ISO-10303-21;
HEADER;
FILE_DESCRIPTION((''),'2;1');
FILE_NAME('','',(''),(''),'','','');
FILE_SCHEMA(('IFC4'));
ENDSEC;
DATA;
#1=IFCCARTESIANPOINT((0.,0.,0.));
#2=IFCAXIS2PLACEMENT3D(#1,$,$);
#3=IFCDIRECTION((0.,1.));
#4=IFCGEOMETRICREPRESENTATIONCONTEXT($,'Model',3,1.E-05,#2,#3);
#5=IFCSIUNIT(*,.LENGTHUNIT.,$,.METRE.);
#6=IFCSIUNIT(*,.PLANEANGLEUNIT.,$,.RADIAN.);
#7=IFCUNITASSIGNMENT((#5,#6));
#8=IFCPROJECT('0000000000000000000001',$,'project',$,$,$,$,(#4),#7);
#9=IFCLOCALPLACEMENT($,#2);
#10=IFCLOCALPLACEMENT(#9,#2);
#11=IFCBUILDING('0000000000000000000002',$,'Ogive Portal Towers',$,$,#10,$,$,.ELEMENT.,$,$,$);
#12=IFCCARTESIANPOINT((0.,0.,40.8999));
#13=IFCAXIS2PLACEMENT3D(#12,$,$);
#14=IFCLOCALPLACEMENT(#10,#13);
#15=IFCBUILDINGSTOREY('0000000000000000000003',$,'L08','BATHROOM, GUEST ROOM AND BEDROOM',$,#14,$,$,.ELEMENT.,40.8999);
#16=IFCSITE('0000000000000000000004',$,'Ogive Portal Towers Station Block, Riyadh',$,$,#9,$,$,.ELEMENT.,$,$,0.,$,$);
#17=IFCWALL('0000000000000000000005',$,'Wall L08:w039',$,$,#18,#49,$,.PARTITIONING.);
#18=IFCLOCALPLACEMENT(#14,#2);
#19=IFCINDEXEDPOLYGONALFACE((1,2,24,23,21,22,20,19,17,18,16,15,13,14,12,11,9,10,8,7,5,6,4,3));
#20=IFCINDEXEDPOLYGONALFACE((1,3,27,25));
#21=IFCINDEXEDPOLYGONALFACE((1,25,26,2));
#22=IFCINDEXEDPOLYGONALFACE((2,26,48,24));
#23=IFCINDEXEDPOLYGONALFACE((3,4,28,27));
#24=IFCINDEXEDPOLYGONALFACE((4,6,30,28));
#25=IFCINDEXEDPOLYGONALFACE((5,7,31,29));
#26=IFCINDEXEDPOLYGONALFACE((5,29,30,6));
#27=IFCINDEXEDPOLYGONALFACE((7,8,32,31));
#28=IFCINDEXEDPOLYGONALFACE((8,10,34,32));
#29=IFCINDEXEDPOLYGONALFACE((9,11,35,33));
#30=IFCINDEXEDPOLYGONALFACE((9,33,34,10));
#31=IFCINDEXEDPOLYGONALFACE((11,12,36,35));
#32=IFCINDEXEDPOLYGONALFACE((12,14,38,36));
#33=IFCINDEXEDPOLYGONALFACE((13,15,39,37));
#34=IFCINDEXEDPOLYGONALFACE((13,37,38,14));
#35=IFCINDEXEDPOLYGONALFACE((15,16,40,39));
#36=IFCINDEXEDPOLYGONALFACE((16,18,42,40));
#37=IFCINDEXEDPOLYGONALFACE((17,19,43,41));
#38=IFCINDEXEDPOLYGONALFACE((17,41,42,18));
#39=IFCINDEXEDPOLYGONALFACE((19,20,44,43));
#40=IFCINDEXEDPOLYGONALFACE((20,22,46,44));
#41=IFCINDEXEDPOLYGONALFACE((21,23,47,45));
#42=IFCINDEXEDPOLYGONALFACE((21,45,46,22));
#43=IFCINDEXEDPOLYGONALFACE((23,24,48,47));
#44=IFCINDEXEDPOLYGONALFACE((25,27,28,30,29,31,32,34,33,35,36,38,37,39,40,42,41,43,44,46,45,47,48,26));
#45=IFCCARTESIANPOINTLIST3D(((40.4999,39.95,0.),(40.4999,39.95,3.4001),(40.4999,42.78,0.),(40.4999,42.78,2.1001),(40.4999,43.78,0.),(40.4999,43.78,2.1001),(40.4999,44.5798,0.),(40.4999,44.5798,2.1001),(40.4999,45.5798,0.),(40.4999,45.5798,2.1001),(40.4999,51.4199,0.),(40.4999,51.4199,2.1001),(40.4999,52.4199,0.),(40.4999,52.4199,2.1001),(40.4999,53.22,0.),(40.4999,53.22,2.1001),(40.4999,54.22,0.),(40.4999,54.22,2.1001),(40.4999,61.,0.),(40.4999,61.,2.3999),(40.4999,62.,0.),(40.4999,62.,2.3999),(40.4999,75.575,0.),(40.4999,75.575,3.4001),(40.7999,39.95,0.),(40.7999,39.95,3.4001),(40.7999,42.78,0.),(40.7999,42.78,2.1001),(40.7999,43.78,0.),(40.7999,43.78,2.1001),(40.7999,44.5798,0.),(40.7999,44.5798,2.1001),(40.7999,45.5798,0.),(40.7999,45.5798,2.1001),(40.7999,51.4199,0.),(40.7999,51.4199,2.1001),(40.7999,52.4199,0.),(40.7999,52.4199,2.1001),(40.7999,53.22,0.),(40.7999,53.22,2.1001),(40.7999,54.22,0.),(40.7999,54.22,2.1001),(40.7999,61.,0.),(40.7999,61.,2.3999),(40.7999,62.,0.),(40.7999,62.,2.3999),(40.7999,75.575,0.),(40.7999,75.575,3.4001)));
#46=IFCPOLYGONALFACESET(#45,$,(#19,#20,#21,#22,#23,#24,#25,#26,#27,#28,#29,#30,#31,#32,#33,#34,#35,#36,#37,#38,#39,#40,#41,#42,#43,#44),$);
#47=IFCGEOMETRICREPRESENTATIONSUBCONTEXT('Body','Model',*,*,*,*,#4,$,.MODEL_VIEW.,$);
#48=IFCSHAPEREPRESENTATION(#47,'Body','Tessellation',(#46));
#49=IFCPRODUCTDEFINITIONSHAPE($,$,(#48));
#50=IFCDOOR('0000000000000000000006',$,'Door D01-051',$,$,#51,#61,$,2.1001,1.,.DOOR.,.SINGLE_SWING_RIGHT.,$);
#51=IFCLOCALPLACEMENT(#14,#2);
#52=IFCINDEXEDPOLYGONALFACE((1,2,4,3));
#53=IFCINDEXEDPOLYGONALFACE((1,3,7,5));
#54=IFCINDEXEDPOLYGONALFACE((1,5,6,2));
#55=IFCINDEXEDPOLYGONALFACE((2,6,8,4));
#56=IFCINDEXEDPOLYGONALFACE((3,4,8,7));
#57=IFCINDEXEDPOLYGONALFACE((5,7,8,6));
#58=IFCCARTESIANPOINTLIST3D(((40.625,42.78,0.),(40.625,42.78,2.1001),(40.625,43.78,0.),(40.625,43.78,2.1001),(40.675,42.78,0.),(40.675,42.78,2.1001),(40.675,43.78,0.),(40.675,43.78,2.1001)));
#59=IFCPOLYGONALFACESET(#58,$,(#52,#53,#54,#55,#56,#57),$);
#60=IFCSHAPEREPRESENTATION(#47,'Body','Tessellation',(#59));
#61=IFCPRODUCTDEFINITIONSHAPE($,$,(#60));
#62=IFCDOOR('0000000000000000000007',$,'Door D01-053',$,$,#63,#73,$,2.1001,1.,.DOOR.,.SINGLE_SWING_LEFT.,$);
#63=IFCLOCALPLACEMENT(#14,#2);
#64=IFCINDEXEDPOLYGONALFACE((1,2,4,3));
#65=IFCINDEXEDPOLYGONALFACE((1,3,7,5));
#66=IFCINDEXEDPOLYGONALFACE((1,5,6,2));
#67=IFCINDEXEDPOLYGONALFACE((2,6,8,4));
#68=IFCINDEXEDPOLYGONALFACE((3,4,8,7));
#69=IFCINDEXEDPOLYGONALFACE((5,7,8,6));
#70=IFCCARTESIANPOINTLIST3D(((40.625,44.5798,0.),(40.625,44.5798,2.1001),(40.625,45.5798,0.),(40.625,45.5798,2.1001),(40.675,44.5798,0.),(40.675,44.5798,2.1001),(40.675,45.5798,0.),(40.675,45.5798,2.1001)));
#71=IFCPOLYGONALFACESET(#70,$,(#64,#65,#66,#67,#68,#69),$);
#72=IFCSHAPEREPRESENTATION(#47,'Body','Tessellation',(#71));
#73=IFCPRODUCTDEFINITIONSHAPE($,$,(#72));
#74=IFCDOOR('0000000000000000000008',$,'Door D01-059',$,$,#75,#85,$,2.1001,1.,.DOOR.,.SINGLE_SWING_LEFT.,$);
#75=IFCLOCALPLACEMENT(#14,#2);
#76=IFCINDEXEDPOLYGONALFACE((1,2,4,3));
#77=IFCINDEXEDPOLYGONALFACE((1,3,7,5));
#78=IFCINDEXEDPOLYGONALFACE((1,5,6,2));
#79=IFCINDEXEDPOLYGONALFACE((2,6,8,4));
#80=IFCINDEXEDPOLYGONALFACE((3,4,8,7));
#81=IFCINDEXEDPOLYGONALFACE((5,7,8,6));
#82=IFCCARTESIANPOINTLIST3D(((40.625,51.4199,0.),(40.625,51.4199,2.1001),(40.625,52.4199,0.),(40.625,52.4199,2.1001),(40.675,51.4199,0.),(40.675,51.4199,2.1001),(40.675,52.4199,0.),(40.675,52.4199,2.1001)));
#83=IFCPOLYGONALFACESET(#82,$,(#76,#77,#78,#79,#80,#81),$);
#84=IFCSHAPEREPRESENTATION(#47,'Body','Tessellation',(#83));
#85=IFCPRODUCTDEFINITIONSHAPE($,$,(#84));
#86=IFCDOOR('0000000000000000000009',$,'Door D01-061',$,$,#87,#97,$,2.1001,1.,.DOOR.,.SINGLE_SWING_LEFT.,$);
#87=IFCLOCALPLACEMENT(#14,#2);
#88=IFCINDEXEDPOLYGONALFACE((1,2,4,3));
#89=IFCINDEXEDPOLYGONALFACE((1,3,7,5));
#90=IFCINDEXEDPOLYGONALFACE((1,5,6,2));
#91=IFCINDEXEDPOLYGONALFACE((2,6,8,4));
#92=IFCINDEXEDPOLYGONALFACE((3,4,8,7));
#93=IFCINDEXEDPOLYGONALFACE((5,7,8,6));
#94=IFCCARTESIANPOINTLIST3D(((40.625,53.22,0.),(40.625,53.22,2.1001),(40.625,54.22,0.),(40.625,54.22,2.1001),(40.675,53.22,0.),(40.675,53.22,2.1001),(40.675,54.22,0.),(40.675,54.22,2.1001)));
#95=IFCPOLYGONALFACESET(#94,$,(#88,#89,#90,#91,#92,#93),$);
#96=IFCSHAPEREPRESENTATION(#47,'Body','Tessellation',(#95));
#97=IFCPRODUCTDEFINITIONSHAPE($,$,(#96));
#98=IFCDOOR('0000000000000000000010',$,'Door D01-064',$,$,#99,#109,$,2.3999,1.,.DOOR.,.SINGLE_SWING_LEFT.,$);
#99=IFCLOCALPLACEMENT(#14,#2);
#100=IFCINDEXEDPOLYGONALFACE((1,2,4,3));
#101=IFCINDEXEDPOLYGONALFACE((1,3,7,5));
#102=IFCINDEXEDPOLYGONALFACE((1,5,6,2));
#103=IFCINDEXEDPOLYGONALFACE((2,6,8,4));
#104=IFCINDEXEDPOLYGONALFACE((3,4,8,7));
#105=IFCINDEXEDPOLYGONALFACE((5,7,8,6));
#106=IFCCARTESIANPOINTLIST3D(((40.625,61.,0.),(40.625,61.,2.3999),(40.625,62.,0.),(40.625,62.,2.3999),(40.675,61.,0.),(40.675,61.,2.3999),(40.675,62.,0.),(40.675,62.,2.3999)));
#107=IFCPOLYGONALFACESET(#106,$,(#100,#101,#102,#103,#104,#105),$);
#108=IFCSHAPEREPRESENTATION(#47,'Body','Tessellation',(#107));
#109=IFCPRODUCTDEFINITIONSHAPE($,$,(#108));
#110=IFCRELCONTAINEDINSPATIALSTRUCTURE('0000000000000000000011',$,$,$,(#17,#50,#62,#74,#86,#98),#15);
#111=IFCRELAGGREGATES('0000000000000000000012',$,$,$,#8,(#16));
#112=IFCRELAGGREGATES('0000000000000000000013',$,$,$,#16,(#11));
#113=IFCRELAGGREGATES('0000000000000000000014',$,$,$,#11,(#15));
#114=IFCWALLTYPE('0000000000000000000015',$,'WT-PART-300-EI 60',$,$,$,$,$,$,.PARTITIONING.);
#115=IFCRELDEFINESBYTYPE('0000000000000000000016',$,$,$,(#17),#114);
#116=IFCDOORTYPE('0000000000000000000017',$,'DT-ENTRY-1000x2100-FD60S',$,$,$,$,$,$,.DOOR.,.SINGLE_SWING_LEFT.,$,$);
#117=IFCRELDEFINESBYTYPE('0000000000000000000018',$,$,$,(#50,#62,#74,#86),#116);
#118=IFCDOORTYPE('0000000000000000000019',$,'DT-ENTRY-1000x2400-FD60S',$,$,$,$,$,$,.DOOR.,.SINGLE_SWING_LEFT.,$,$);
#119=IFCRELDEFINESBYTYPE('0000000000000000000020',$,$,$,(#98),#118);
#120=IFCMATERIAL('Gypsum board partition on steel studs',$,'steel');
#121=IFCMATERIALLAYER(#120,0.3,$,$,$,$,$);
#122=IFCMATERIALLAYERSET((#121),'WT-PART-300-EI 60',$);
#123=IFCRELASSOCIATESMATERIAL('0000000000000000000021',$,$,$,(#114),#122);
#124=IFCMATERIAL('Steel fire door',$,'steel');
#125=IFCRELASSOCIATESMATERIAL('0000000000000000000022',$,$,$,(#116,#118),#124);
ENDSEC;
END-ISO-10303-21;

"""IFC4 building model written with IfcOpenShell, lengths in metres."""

from ifc_helpers import new_model, si_unit, direction, frame, frame_2d, origin, place, context, subcontext, project, spatial, rectangle, extrude, material, layer, layer_set, type_object, element, fill, save


model = new_model("IFC4")

# Units and contexts
model_context = context("Model", 3, precision=1e-05, world=origin(), true_north=direction((0.0, 1.0)))
body_context = subcontext(model_context, "Body", "Model", "MODEL_VIEW")
ifc_project = project(units=[si_unit("LENGTHUNIT", "METRE"), si_unit("PLANEANGLEUNIT", "RADIAN")], contexts=[model_context])

# Site, building, storey
site_placement = place(None, origin())
site = spatial("IfcSite", under=ifc_project, at=site_placement, Name="Ogive Portal Towers Station Block, Riyadh", CompositionType="ELEMENT", RefElevation=0.0)
building_placement = place(site_placement, origin())
building = spatial("IfcBuilding", under=site, at=building_placement, Name="Ogive Portal Towers", CompositionType="ELEMENT")
storey_placement = place(building_placement, frame((0.0, 0.0, 40.8999)))
storey = spatial("IfcBuildingStorey", under=building, at=storey_placement, Name="L08", Description="BATHROOM, GUEST ROOM AND BEDROOM", CompositionType="ELEMENT", Elevation=40.8999)

# Shared definitions
ifc_material_1 = material(Name="Steel fire door", Category="steel")

# Shared definitions
ifc_material_2 = material(Name="Gypsum board partition on steel studs", Category="steel")
ifc_layer_1 = layer(ifc_material_2, 0.3)
ifc_layer_set_1 = layer_set([ifc_layer_1], Name="WT-PART-300-EI 60")
wall_type_1 = type_object("IfcWallType", Name="WT-PART-300-EI 60", PredefinedType="PARTITIONING", material=ifc_layer_set_1)

# Wall, openings, doors
wall_1_placement = place(storey_placement, frame((40.6499, 39.95, 0.0), z_axis=(0.0, 0.0, 1.0), x_axis=(0.0, 1.0, 0.0)))
wall_1 = element("IfcWall", 1, at=wall_1_placement, inside=storey, type_object=wall_type_1, Name="Wall L08:w039", PredefinedType="PARTITIONING", context=body_context, shape_type="SweptSolid", body=[
    extrude(rectangle(XDim=35.625, YDim=0.3, at=frame_2d((17.8125, 0.0))), origin(), (0.0, 0.0, 1.0), 3.4001),
])
opening_1_placement = place(wall_1_placement, frame((2.8301, 0.0, 0.0)))
opening_1 = element("IfcOpeningElement", 2, at=opening_1_placement, cuts=wall_1, PredefinedType="OPENING", context=body_context, shape_type="SweptSolid", body=[
    extrude(rectangle(XDim=1.0, YDim=2.1001, at=frame_2d((0.5, 1.05))), frame((0.0, 0.1602, 0.0), z_axis=(0.0, -1.0, 0.0), x_axis=(1.0, 0.0, 0.0)), (0.0, 0.0, 1.0), 0.3201),
])
opening_2_placement = place(wall_1_placement, frame((4.6299, 0.0, 0.0)))
opening_2 = element("IfcOpeningElement", 3, at=opening_2_placement, cuts=wall_1, PredefinedType="OPENING", context=body_context, shape_type="SweptSolid", body=[
    extrude(rectangle(XDim=1.0, YDim=2.1001, at=frame_2d((0.5, 1.05))), frame((0.0, 0.1602, 0.0), z_axis=(0.0, -1.0, 0.0), x_axis=(1.0, 0.0, 0.0)), (0.0, 0.0, 1.0), 0.3201),
])
opening_3_placement = place(wall_1_placement, frame((11.47, 0.0, 0.0)))
opening_3 = element("IfcOpeningElement", 4, at=opening_3_placement, cuts=wall_1, PredefinedType="OPENING", context=body_context, shape_type="SweptSolid", body=[
    extrude(rectangle(XDim=1.0, YDim=2.1001, at=frame_2d((0.5, 1.05))), frame((0.0, 0.1602, 0.0), z_axis=(0.0, -1.0, 0.0), x_axis=(1.0, 0.0, 0.0)), (0.0, 0.0, 1.0), 0.3201),
])
opening_4_placement = place(wall_1_placement, frame((13.27, 0.0, 0.0)))
opening_4 = element("IfcOpeningElement", 5, at=opening_4_placement, cuts=wall_1, PredefinedType="OPENING", context=body_context, shape_type="SweptSolid", body=[
    extrude(rectangle(XDim=1.0, YDim=2.1001, at=frame_2d((0.5, 1.05))), frame((0.0, 0.1602, 0.0), z_axis=(0.0, -1.0, 0.0), x_axis=(1.0, 0.0, 0.0)), (0.0, 0.0, 1.0), 0.3201),
])
opening_5_placement = place(wall_1_placement, frame((21.05, 0.0, 0.0)))
opening_5 = element("IfcOpeningElement", 6, at=opening_5_placement, cuts=wall_1, PredefinedType="OPENING", context=body_context, shape_type="SweptSolid", body=[
    extrude(rectangle(XDim=1.0, YDim=2.3999, at=frame_2d((0.5, 1.2))), frame((0.0, 0.1602, 0.0), z_axis=(0.0, -1.0, 0.0), x_axis=(1.0, 0.0, 0.0)), (0.0, 0.0, 1.0), 0.3201),
])
door_type_1 = type_object("IfcDoorType", Name="DT-ENTRY-1000x2100-FD60S", OperationType="SINGLE_SWING_LEFT", PredefinedType="DOOR", material=ifc_material_1)
door_1_placement = place(opening_1_placement, origin())
door_1 = element("IfcDoor", 7, at=door_1_placement, inside=storey, type_object=door_type_1, Name="Door D01-051", OperationType="SINGLE_SWING_RIGHT", OverallHeight=2.1001, OverallWidth=1.0, PredefinedType="DOOR", context=body_context, shape_type="SweptSolid", body=[
    extrude(rectangle(XDim=1.0, YDim=2.1001, at=frame_2d((0.5, 1.05))), frame((0.0, 0.0249, 0.0), z_axis=(0.0, -1.0, 0.0), x_axis=(1.0, 0.0, 0.0)), (0.0, 0.0, 1.0), 0.05),
])
fill(opening_1, door_1)
door_2_placement = place(opening_2_placement, origin())
door_2 = element("IfcDoor", 8, at=door_2_placement, inside=storey, type_object=door_type_1, Name="Door D01-053", OperationType="SINGLE_SWING_LEFT", OverallHeight=2.1001, OverallWidth=1.0, PredefinedType="DOOR", context=body_context, shape_type="SweptSolid", body=[
    extrude(rectangle(XDim=1.0, YDim=2.1001, at=frame_2d((0.5, 1.05))), frame((0.0, 0.0249, 0.0), z_axis=(0.0, -1.0, 0.0), x_axis=(1.0, 0.0, 0.0)), (0.0, 0.0, 1.0), 0.05),
])
fill(opening_2, door_2)
door_3_placement = place(opening_3_placement, origin())
door_3 = element("IfcDoor", 9, at=door_3_placement, inside=storey, type_object=door_type_1, Name="Door D01-059", OperationType="SINGLE_SWING_LEFT", OverallHeight=2.1001, OverallWidth=1.0, PredefinedType="DOOR", context=body_context, shape_type="SweptSolid", body=[
    extrude(rectangle(XDim=1.0, YDim=2.1001, at=frame_2d((0.5, 1.05))), frame((0.0, 0.0249, 0.0), z_axis=(0.0, -1.0, 0.0), x_axis=(1.0, 0.0, 0.0)), (0.0, 0.0, 1.0), 0.05),
])
fill(opening_3, door_3)
door_4_placement = place(opening_4_placement, origin())
door_4 = element("IfcDoor", 10, at=door_4_placement, inside=storey, type_object=door_type_1, Name="Door D01-061", OperationType="SINGLE_SWING_LEFT", OverallHeight=2.1001, OverallWidth=1.0, PredefinedType="DOOR", context=body_context, shape_type="SweptSolid", body=[
    extrude(rectangle(XDim=1.0, YDim=2.1001, at=frame_2d((0.5, 1.05))), frame((0.0, 0.0249, 0.0), z_axis=(0.0, -1.0, 0.0), x_axis=(1.0, 0.0, 0.0)), (0.0, 0.0, 1.0), 0.05),
])
fill(opening_4, door_4)
door_type_2 = type_object("IfcDoorType", Name="DT-ENTRY-1000x2400-FD60S", OperationType="SINGLE_SWING_LEFT", PredefinedType="DOOR", material=ifc_material_1)
door_5_placement = place(opening_5_placement, origin())
door_5 = element("IfcDoor", 11, at=door_5_placement, inside=storey, type_object=door_type_2, Name="Door D01-064", OperationType="SINGLE_SWING_LEFT", OverallHeight=2.3999, OverallWidth=1.0, PredefinedType="DOOR", context=body_context, shape_type="SweptSolid", body=[
    extrude(rectangle(XDim=1.0, YDim=2.3999, at=frame_2d((0.5, 1.2))), frame((0.0, 0.0249, 0.0), z_axis=(0.0, -1.0, 0.0), x_axis=(1.0, 0.0, 0.0)), (0.0, 0.0, 1.0), 0.05),
])
fill(opening_5, door_5)

save(model, "model.ifc")
